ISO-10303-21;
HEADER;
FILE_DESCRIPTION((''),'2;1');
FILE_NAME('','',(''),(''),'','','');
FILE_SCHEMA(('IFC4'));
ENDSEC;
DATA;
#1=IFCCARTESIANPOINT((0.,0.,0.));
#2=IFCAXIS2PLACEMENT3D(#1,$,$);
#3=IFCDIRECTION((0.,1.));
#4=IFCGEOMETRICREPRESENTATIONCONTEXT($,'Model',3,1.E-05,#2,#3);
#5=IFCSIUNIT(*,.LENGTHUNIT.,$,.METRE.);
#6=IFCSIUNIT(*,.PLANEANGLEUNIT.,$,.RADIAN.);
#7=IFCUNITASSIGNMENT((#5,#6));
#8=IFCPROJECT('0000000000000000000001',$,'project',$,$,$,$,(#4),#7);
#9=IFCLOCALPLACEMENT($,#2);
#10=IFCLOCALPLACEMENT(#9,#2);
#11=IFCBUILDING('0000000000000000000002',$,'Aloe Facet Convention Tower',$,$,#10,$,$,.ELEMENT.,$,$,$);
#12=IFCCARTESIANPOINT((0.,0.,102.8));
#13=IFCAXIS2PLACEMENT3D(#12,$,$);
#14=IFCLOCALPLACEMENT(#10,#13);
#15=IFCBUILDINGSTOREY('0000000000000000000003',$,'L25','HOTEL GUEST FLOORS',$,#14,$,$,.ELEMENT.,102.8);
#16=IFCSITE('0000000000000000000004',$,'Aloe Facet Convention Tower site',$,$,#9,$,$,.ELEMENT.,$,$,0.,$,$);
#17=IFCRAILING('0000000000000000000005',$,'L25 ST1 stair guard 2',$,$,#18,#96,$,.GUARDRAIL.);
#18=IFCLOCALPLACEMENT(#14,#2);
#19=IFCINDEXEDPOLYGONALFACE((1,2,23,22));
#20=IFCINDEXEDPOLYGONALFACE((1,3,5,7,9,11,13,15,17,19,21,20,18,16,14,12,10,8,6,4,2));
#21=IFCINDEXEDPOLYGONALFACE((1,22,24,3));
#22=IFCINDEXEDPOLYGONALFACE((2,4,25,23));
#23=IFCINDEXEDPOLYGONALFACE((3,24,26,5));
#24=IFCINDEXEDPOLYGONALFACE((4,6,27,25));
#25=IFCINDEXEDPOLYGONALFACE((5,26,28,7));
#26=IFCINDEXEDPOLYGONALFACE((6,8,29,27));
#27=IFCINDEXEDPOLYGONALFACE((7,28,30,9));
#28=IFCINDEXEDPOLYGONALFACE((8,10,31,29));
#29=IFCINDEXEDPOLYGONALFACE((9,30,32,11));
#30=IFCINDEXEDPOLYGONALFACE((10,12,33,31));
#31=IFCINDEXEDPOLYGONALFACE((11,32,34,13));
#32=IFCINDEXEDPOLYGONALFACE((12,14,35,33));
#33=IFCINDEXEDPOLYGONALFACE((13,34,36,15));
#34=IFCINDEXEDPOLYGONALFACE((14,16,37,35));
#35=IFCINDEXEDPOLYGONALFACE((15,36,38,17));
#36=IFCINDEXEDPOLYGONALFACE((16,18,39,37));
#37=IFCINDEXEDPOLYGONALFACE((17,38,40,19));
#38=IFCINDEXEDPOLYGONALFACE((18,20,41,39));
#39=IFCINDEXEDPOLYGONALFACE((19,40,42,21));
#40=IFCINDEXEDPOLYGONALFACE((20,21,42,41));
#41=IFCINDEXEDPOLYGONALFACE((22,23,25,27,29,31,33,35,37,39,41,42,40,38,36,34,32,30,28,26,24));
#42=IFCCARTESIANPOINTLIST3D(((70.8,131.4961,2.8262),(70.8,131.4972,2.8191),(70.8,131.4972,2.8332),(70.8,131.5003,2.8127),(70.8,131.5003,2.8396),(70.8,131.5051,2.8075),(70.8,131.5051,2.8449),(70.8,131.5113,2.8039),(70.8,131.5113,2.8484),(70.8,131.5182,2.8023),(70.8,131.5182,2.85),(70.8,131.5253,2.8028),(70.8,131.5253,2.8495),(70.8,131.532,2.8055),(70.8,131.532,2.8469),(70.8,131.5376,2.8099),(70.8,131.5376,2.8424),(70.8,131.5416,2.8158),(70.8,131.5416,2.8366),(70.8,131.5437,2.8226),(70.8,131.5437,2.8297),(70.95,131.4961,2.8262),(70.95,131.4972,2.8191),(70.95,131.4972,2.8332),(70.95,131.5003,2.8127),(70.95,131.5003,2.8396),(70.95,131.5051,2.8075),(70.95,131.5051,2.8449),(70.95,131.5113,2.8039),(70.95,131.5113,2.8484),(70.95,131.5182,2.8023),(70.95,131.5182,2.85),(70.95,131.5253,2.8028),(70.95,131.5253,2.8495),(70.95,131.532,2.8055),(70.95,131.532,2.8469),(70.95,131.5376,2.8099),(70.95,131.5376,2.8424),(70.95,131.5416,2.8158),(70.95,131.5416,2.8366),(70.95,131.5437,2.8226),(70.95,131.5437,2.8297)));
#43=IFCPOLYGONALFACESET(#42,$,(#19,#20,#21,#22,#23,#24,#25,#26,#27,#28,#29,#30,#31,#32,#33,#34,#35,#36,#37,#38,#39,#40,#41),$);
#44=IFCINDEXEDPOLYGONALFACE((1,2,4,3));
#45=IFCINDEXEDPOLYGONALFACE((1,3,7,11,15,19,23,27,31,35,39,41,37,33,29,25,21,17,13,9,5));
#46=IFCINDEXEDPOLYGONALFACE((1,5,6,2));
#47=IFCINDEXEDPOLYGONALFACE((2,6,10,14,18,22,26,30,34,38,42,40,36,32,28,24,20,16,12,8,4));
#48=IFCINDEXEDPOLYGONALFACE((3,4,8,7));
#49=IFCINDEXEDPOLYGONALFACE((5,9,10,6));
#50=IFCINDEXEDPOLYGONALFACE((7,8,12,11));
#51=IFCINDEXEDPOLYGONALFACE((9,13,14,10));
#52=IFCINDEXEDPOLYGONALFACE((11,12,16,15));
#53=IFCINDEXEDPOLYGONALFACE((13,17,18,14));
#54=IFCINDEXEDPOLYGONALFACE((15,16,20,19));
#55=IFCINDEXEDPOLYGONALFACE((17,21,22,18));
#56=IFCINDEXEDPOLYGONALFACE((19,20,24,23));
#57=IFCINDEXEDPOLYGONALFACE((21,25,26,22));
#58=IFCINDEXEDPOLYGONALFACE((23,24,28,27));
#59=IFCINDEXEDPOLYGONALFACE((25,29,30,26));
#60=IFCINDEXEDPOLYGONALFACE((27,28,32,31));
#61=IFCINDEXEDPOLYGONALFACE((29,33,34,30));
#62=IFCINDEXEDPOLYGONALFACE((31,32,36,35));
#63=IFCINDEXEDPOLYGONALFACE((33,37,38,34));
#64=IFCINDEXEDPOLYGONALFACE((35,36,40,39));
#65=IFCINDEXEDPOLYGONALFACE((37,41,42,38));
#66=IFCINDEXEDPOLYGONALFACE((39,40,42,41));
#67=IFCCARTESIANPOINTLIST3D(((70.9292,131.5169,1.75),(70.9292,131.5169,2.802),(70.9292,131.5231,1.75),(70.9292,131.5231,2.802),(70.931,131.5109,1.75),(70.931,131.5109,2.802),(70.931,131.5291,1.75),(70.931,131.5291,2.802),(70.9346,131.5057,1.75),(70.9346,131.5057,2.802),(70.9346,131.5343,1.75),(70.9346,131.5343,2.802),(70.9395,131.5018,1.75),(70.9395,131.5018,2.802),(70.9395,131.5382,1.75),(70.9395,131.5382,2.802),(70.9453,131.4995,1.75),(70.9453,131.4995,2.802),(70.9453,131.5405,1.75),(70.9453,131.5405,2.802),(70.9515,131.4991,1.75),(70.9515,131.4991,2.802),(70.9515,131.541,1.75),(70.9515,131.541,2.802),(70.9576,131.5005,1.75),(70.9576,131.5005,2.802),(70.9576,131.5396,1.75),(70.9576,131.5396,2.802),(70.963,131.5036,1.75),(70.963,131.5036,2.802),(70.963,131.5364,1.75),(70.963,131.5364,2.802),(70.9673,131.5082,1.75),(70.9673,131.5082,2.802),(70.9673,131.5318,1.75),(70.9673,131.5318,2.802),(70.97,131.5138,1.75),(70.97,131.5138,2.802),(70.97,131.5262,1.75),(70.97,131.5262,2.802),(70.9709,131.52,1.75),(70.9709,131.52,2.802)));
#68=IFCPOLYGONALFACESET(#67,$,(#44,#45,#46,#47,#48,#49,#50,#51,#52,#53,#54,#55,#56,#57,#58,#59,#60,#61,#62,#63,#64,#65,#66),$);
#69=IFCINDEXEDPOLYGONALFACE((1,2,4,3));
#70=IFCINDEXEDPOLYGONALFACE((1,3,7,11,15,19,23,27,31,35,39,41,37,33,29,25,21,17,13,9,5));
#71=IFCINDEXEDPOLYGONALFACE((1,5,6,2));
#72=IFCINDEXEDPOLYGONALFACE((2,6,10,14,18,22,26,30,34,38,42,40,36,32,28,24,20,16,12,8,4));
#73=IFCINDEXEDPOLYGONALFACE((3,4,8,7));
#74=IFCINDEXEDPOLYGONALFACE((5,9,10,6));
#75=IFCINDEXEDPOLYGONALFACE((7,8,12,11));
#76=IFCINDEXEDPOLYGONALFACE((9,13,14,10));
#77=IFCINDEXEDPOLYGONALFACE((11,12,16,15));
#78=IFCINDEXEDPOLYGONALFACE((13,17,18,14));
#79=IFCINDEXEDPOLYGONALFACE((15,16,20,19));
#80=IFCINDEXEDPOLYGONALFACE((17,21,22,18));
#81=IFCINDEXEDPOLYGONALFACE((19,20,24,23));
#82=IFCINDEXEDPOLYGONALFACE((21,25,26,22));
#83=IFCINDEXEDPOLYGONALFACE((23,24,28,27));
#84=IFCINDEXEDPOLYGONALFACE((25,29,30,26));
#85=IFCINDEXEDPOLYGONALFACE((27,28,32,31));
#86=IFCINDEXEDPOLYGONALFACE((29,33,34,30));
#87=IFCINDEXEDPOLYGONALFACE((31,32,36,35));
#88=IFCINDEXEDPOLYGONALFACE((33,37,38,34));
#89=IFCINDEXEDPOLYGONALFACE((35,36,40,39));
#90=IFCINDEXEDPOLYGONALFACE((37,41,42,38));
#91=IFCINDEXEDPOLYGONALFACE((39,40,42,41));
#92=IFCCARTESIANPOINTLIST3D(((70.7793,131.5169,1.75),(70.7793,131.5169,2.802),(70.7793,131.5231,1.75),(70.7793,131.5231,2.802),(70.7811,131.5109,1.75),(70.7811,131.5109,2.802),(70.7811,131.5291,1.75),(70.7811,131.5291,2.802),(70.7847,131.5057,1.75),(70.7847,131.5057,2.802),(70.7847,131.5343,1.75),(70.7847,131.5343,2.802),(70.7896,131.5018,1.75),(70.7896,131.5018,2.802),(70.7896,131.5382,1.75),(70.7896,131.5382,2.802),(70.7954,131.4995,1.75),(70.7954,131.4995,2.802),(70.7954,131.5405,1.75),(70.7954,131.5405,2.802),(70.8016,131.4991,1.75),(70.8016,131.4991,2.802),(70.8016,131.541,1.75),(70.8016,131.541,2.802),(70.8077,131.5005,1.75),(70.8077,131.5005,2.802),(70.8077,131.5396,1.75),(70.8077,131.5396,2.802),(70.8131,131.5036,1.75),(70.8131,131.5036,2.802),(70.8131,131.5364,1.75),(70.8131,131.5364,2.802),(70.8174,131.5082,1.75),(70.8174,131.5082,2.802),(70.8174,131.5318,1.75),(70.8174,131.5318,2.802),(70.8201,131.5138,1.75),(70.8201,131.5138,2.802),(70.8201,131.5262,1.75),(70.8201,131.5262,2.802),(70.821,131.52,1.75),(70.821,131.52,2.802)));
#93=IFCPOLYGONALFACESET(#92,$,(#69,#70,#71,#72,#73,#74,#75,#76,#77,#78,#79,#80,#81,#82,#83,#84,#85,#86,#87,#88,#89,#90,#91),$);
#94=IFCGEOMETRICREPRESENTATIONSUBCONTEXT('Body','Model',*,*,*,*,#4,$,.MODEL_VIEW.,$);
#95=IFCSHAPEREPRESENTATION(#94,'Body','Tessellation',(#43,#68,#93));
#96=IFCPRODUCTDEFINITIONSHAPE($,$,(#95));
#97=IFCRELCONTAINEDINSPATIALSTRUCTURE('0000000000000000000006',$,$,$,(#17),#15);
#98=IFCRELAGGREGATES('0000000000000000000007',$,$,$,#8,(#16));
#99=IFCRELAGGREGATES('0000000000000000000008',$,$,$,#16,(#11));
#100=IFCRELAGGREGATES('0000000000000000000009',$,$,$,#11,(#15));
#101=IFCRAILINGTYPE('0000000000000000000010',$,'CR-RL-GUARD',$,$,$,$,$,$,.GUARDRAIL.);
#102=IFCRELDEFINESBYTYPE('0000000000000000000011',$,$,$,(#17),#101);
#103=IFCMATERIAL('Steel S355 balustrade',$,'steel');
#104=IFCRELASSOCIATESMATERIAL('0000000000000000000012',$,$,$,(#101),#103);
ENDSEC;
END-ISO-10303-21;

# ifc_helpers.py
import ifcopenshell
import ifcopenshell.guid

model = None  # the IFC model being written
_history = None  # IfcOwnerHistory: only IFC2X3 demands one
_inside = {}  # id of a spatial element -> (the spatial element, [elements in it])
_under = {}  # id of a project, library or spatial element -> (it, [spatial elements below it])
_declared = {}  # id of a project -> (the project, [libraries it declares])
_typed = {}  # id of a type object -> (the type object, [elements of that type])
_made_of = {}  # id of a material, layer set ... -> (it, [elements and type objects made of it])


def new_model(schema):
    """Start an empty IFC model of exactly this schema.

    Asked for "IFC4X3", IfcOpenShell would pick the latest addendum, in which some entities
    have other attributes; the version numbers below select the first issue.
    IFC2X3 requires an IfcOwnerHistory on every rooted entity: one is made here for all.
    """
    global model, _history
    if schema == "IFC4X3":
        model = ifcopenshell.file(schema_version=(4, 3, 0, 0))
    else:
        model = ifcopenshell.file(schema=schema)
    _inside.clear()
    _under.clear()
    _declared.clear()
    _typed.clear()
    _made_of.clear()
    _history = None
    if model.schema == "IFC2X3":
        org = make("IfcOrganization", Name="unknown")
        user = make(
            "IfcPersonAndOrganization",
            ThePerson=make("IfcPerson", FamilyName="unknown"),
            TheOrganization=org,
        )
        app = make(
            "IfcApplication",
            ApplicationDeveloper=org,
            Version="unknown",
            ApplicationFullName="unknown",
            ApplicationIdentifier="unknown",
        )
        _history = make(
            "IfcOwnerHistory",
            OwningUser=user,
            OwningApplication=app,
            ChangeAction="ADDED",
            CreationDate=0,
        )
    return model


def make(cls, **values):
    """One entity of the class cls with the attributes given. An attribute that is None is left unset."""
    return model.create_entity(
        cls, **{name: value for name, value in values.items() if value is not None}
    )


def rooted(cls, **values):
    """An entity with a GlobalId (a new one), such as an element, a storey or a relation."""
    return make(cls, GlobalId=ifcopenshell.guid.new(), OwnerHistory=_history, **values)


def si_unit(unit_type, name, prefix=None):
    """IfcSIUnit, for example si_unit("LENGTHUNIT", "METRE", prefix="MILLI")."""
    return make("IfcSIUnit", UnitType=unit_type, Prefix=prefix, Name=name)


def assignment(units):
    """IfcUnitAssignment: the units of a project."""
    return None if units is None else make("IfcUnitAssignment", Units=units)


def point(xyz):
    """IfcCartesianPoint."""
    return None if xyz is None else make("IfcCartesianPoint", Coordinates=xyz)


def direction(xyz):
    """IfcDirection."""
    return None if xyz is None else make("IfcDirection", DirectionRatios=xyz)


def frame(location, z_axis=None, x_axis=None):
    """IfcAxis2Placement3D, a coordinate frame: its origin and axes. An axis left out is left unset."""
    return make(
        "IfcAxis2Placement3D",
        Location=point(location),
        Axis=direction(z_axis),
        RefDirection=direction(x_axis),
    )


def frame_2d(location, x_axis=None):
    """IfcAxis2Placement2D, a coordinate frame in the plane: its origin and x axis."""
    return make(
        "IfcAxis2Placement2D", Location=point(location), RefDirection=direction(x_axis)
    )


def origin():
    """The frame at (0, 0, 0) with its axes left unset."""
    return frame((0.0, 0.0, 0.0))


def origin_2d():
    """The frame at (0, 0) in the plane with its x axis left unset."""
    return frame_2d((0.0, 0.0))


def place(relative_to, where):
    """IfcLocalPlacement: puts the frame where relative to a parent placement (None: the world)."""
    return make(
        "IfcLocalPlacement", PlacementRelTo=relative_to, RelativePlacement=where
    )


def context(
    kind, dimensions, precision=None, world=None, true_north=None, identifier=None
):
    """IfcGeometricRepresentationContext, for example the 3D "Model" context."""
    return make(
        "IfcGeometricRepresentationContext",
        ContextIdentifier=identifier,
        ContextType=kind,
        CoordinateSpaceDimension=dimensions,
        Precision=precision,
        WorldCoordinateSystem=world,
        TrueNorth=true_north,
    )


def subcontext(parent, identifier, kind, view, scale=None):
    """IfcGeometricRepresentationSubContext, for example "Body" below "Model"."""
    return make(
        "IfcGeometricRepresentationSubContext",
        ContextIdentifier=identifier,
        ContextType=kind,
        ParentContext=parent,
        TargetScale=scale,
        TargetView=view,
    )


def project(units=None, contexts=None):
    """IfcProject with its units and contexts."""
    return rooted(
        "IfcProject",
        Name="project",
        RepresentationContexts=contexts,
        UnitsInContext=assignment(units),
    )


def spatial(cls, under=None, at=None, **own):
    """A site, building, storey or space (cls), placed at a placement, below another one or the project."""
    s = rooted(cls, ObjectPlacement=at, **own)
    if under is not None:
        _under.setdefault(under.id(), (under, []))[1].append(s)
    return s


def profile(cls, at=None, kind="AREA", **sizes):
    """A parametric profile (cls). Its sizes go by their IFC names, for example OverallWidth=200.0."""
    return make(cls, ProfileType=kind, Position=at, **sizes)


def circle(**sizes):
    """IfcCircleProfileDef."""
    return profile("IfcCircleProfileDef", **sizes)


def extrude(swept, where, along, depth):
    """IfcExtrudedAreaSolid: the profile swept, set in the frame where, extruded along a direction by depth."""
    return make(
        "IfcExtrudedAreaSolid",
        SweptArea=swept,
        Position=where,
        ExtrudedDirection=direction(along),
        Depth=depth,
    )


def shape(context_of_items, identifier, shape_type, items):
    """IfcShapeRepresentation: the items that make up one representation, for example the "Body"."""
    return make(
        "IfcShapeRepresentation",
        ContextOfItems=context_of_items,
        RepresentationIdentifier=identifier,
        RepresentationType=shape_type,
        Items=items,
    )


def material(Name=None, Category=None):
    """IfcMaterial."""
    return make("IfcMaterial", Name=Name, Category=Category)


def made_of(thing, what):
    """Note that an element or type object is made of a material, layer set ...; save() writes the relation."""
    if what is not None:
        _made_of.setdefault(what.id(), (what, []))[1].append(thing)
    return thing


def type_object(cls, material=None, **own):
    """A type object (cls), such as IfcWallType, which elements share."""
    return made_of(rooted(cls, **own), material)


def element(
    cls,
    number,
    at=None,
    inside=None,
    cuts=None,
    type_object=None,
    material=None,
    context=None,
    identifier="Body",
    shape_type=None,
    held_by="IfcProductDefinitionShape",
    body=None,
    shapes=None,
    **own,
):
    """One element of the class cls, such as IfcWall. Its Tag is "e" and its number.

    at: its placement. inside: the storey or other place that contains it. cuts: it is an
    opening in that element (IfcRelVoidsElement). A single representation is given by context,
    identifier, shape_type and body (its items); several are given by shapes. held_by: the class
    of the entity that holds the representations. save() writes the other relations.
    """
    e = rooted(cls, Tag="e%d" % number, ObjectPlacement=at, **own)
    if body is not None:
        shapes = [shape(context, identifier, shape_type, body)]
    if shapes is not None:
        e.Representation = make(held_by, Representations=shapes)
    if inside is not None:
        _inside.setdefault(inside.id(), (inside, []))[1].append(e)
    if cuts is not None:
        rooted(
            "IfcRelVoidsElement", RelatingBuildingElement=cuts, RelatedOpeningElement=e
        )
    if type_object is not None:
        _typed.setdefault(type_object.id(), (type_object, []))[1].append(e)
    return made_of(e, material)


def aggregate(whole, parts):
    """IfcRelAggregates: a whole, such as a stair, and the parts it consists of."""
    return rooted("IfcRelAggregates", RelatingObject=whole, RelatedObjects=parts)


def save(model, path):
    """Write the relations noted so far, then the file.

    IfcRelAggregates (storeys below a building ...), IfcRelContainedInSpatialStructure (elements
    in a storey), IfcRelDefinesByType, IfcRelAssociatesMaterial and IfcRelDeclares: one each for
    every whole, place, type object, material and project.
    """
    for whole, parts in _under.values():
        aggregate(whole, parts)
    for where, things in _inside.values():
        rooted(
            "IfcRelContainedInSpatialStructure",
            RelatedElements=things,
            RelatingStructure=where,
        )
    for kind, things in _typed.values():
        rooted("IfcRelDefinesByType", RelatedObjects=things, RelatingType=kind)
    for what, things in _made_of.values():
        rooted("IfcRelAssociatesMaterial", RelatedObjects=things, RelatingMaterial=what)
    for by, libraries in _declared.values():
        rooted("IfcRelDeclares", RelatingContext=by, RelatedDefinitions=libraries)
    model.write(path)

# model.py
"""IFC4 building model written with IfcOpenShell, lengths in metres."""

from ifc_helpers import new_model, si_unit, direction, frame, origin, origin_2d, place, context, subcontext, project, spatial, circle, extrude, material, type_object, element, save


model = new_model("IFC4")

# Units and contexts
model_context = context("Model", 3, precision=1e-05, world=origin(), true_north=direction((0.0, 1.0)))
body_context = subcontext(model_context, "Body", "Model", "MODEL_VIEW")
ifc_project = project(units=[si_unit("LENGTHUNIT", "METRE"), si_unit("PLANEANGLEUNIT", "RADIAN")], contexts=[model_context])

# Site, building, storey
site_placement = place(None, origin())
site = spatial("IfcSite", under=ifc_project, at=site_placement, Name="Aloe Facet Convention Tower site", CompositionType="ELEMENT", RefElevation=0.0)
building_placement = place(site_placement, origin())
building = spatial("IfcBuilding", under=site, at=building_placement, Name="Aloe Facet Convention Tower", CompositionType="ELEMENT")
storey_placement = place(building_placement, frame((0.0, 0.0, 102.8)))
storey = spatial("IfcBuildingStorey", under=building, at=storey_placement, Name="L25", Description="HOTEL GUEST FLOORS", CompositionType="ELEMENT", Elevation=102.8)

# Railing
ifc_material_1 = material(Name="Steel S355 balustrade", Category="steel")
railing_type_1 = type_object("IfcRailingType", Name="CR-RL-GUARD", PredefinedType="GUARDRAIL", material=ifc_material_1)
railing_1_placement = place(storey_placement, frame((70.95, 131.52, 1.75)))
element("IfcRailing", 1, at=railing_1_placement, inside=storey, type_object=railing_type_1, Name="L25 ST1 stair guard 2", PredefinedType="GUARDRAIL", context=body_context, shape_type="SweptSolid", body=[
    extrude(circle(Radius=0.0239, at=origin_2d()), frame((0.0, 0.0, 1.0762), z_axis=(-1.0, 0.0, 0.0), x_axis=(0.0, -1.0, 0.0)), (0.0, 0.0, 1.0), 0.1499),
    extrude(circle(Radius=0.021, at=origin_2d()), origin(), (0.0, 0.0, 1.0), 1.052),
    extrude(circle(Radius=0.021, at=origin_2d()), frame((-0.1499, 0.0, 0.0)), (0.0, 0.0, 1.0), 1.052),
])

save(model, "model.ifc")
